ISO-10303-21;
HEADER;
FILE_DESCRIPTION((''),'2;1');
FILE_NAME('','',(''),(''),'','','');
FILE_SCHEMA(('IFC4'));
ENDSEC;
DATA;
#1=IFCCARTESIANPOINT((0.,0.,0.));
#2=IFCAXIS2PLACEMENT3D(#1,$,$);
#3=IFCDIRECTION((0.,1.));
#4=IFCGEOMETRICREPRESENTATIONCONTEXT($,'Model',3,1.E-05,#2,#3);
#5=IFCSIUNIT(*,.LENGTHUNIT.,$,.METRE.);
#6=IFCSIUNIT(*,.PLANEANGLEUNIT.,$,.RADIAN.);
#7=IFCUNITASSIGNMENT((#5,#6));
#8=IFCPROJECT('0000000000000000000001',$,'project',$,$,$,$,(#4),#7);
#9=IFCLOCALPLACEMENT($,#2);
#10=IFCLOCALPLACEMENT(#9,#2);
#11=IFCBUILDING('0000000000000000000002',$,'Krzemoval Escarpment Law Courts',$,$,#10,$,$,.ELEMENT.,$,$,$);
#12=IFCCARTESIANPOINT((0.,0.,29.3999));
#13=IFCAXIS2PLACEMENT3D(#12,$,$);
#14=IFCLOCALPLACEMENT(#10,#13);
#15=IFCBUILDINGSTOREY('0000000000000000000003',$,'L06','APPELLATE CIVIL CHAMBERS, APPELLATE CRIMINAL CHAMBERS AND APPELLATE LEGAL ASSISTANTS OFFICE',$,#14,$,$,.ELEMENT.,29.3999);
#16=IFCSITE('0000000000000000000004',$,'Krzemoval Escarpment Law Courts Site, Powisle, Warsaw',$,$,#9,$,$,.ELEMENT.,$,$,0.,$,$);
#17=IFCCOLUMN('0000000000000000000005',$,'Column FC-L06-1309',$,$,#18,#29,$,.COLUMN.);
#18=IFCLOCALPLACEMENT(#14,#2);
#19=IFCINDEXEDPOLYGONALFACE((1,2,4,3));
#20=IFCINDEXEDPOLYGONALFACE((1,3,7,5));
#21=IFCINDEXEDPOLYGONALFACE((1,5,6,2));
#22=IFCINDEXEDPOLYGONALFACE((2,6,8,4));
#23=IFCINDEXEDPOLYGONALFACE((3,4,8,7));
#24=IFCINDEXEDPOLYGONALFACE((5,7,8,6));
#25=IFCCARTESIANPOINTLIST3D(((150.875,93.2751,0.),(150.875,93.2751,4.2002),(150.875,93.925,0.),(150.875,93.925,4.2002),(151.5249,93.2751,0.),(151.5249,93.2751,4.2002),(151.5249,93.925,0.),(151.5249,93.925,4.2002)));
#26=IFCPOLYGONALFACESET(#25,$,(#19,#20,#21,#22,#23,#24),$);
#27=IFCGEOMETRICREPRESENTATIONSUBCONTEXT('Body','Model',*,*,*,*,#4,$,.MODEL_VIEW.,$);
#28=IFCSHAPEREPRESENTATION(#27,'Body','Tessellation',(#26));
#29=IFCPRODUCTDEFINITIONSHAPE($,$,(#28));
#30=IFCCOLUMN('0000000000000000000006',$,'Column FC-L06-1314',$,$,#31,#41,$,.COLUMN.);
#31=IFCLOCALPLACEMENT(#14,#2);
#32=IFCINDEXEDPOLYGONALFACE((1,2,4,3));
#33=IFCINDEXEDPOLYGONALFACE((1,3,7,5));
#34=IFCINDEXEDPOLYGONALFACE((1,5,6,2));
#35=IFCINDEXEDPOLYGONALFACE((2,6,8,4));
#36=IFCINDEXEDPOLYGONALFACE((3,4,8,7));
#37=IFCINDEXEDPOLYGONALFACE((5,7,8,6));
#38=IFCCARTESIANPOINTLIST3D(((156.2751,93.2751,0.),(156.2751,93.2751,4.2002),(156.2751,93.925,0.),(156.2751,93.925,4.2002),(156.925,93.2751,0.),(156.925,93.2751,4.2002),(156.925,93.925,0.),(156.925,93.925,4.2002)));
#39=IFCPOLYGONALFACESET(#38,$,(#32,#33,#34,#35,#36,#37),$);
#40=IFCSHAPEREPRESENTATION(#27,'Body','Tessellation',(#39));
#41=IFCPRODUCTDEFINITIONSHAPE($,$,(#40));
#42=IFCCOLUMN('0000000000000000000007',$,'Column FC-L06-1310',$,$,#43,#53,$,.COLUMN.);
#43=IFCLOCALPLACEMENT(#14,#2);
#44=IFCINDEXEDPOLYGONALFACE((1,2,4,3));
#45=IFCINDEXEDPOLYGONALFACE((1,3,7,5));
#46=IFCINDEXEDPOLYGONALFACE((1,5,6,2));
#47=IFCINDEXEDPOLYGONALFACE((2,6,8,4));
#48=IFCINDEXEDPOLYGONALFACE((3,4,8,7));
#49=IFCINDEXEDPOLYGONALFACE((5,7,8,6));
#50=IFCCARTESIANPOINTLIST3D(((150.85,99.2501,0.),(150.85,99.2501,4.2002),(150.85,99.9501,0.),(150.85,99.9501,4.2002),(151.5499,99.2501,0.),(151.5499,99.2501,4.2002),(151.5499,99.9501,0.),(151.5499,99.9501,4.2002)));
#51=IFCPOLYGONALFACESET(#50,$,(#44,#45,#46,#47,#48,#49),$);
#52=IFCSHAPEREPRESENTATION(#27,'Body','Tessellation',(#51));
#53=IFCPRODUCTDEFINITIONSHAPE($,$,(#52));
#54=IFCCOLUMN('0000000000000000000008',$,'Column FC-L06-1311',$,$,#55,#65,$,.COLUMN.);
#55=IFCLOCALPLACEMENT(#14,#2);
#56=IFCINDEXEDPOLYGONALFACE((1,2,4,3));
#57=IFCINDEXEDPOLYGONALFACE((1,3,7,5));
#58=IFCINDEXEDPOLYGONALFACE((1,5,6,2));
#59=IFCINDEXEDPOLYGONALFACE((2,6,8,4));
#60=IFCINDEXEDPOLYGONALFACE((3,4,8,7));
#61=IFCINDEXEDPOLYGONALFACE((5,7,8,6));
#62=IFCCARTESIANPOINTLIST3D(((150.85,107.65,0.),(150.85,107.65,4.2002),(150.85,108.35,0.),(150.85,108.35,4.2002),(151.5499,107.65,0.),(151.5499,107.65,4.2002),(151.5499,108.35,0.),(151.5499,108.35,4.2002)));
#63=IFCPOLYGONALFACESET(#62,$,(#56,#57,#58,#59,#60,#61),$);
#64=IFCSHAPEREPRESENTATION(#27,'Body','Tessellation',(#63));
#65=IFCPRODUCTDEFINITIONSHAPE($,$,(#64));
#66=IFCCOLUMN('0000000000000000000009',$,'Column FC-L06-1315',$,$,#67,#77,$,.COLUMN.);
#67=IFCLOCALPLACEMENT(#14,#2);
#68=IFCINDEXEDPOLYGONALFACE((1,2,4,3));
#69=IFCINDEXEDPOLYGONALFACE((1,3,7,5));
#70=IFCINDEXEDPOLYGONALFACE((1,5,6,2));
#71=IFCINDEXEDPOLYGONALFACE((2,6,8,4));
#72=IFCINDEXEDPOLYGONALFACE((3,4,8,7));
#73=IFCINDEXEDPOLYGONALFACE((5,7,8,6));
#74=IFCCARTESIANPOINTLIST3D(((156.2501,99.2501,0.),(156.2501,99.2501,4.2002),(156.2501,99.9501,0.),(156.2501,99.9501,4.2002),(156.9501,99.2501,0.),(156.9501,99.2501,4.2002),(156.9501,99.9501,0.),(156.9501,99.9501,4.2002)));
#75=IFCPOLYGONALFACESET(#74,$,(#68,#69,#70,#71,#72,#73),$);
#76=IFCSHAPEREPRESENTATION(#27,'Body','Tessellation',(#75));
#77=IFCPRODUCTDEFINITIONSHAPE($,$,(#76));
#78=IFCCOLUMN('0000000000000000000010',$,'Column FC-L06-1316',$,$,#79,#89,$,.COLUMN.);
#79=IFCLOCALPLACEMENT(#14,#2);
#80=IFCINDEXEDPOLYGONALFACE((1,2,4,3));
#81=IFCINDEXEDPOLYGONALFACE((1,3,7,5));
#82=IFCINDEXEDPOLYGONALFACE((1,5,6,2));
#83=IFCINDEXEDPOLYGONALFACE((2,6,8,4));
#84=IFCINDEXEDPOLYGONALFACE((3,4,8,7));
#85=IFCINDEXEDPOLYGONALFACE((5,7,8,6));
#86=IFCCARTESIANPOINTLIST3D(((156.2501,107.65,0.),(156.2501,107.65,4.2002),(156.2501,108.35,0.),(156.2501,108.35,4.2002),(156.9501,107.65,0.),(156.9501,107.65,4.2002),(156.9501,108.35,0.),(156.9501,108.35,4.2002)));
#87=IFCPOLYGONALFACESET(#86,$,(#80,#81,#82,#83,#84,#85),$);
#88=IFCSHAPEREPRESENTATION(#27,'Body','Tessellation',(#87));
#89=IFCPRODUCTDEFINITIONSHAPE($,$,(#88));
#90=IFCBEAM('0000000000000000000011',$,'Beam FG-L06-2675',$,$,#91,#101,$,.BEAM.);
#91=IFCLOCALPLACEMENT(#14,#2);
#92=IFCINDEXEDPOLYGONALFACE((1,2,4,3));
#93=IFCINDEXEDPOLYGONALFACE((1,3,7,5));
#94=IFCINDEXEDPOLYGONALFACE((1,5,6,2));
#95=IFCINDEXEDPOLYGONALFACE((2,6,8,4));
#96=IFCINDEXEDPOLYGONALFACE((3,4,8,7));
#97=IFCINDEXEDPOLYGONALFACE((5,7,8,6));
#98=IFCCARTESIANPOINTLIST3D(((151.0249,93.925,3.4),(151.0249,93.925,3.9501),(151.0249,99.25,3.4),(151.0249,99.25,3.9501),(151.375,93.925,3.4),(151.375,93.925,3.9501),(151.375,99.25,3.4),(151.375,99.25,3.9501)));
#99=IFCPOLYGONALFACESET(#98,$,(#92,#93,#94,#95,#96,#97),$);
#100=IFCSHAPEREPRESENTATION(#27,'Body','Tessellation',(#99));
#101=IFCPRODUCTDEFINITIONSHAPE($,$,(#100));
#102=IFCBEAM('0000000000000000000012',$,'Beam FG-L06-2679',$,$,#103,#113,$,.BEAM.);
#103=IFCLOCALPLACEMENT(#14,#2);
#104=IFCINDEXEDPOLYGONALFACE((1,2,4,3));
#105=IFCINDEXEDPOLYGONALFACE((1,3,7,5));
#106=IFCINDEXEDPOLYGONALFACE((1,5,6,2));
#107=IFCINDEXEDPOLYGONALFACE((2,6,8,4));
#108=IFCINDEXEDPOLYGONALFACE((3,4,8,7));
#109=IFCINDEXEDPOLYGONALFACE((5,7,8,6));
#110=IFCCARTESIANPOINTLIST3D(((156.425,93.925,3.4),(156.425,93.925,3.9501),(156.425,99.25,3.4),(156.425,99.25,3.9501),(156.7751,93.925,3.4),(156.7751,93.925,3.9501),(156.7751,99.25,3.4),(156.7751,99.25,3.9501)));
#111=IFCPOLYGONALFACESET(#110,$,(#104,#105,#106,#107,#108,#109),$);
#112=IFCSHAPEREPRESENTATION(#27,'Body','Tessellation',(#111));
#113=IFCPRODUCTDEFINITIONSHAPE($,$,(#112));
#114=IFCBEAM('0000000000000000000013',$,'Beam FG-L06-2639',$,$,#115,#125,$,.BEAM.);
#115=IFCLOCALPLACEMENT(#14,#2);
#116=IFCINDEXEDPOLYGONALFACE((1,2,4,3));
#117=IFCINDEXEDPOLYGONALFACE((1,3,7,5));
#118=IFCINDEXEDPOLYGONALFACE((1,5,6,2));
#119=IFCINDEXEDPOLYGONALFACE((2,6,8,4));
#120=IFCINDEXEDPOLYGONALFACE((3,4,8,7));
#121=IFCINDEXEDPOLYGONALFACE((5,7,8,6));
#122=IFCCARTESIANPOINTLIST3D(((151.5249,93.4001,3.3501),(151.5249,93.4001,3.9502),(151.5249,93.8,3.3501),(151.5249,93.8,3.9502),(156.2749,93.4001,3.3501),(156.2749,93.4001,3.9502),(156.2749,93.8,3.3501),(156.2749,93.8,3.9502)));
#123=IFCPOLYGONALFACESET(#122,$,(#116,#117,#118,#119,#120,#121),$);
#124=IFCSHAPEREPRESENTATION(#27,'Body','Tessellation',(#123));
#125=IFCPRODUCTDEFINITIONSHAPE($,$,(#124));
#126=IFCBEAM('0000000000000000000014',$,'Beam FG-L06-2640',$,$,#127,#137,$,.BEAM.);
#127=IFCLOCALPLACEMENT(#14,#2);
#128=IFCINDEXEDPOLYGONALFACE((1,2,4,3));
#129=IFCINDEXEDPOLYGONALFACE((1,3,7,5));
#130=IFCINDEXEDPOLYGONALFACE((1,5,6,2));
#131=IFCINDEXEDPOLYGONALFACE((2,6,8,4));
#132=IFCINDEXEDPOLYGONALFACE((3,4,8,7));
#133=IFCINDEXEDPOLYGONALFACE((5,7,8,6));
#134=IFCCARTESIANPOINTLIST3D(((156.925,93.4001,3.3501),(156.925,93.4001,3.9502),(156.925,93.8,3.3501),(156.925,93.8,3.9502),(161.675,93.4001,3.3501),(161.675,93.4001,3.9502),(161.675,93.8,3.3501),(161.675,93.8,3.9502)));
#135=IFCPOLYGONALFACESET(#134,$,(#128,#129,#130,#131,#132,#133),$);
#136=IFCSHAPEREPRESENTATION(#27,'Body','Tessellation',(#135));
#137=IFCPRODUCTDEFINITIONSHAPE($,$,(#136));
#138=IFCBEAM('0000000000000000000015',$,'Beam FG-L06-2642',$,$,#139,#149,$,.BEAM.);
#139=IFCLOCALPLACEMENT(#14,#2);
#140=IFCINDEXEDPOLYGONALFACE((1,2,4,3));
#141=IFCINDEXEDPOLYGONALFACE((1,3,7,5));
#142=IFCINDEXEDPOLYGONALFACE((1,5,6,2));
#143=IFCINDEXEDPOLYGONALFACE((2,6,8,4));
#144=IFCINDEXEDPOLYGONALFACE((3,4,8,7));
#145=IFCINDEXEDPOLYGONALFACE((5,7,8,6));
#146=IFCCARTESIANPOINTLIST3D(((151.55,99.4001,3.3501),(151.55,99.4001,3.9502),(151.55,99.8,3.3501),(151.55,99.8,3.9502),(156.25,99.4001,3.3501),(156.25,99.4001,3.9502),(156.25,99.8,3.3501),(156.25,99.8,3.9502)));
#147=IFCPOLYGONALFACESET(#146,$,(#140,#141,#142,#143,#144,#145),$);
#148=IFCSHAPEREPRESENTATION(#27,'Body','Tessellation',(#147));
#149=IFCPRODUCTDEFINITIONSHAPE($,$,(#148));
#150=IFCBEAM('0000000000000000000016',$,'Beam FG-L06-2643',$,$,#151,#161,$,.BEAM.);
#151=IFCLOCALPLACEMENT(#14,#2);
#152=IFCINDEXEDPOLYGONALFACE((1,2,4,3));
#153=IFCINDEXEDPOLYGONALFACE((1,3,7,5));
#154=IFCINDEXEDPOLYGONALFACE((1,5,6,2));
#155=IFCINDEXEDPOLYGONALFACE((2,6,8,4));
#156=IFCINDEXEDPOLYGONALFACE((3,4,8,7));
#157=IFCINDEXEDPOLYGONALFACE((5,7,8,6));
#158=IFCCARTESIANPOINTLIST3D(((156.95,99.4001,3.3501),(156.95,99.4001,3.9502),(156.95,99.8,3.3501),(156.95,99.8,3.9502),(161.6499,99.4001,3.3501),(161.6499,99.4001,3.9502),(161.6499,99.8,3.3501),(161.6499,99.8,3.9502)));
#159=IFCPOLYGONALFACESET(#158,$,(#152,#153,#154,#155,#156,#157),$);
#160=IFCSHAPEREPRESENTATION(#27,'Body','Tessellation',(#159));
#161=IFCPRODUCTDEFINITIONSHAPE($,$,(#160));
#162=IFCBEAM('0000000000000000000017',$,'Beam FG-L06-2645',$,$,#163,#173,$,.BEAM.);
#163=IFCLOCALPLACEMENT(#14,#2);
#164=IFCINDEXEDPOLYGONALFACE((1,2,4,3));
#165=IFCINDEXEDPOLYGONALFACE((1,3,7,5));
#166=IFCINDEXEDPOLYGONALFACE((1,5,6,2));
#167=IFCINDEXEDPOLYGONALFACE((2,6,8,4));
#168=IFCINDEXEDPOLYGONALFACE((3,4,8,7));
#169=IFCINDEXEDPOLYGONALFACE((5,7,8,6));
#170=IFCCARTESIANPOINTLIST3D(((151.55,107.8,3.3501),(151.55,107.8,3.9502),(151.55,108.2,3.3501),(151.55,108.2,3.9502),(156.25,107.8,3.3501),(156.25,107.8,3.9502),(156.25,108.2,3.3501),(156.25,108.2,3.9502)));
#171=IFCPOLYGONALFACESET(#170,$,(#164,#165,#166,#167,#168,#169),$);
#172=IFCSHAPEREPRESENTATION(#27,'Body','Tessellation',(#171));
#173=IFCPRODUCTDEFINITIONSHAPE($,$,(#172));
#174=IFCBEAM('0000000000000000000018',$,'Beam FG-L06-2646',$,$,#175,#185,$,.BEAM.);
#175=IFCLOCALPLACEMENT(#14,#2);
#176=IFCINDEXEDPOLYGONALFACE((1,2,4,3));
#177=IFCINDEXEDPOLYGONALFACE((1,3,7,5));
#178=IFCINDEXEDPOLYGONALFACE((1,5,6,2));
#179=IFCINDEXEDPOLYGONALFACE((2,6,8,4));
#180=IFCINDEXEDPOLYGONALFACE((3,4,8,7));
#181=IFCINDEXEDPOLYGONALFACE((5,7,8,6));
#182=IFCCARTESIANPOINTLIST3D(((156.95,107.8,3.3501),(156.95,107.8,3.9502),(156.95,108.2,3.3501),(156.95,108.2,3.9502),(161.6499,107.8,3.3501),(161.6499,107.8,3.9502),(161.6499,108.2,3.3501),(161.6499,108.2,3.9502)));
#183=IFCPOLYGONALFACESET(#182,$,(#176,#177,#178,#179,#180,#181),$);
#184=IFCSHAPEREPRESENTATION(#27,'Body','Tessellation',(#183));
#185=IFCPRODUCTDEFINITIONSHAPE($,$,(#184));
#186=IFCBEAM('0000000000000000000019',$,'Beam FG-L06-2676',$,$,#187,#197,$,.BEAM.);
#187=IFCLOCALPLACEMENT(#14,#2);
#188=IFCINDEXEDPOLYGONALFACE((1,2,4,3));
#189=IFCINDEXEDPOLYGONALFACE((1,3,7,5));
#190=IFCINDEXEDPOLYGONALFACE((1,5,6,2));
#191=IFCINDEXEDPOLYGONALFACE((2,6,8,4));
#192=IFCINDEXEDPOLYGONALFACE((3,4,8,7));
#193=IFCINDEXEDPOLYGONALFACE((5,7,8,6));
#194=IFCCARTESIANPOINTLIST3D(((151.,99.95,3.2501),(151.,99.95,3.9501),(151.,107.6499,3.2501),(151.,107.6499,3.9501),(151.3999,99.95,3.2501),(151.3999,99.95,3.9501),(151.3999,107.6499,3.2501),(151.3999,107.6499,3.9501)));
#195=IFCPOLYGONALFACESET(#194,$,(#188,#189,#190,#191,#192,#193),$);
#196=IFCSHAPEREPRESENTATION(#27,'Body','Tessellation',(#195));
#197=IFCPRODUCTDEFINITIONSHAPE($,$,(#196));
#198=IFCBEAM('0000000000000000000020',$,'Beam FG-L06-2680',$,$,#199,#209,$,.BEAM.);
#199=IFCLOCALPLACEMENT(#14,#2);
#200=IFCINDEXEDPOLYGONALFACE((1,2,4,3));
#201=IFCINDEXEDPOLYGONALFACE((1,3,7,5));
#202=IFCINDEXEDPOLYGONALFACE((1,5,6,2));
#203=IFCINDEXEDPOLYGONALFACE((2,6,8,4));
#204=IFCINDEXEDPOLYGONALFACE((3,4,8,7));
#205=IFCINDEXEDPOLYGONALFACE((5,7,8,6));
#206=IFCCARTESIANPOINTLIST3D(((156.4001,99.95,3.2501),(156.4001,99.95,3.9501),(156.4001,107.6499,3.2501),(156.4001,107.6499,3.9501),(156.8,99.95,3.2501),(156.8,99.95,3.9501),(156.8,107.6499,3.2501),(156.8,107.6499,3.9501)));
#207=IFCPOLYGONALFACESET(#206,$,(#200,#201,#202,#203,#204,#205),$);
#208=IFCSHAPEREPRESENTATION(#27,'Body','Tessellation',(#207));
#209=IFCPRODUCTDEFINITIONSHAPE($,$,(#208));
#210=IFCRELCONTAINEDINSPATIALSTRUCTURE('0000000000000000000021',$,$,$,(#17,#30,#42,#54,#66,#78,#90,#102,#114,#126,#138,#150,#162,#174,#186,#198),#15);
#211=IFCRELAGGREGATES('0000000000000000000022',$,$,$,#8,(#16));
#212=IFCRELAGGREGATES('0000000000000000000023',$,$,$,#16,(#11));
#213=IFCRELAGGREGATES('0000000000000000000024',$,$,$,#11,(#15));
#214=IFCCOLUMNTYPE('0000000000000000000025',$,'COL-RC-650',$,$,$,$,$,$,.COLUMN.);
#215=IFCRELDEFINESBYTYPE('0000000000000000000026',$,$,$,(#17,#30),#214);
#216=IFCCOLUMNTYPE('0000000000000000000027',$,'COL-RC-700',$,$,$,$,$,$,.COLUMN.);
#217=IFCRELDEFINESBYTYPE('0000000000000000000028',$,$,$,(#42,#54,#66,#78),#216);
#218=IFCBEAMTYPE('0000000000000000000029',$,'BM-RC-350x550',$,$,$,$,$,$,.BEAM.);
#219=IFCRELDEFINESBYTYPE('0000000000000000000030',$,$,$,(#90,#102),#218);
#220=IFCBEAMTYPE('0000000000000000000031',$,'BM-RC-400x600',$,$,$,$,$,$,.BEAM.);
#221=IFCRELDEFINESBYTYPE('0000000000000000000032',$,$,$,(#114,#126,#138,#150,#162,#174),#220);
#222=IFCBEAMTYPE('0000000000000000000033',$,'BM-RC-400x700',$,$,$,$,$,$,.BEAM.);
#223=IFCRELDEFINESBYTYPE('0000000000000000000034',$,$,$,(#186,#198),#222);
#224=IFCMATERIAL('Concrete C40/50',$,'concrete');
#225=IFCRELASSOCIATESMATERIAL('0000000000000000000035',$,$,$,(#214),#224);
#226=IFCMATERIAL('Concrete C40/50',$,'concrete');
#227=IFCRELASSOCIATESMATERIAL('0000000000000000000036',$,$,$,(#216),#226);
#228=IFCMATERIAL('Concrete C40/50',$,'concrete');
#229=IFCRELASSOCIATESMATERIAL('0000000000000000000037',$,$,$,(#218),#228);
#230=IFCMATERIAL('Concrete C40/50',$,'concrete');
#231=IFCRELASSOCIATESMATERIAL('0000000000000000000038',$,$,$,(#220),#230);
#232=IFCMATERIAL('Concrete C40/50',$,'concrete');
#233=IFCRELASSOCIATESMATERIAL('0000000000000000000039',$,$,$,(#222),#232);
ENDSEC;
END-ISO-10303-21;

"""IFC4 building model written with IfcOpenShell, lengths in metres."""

from ifc_helpers import new_model, si_unit, direction, frame, origin, origin_2d, place, context, subcontext, project, spatial, rectangle, extrude, material, material_profile, profile_set, type_object, element, save


model = new_model("IFC4")

# Units and contexts
model_context = context("Model", 3, precision=1e-05, world=origin(), true_north=direction((0.0, 1.0)))
body_context = subcontext(model_context, "Body", "Model", "MODEL_VIEW")
ifc_project = project(units=[si_unit("LENGTHUNIT", "METRE"), si_unit("PLANEANGLEUNIT", "RADIAN")], contexts=[model_context])

# Site, building, storey
site_placement = place(None, origin())
site = spatial("IfcSite", under=ifc_project, at=site_placement, Name="Krzemoval Escarpment Law Courts Site, Powisle, Warsaw", CompositionType="ELEMENT", RefElevation=0.0)
building_placement = place(site_placement, origin())
building = spatial("IfcBuilding", under=site, at=building_placement, Name="Krzemoval Escarpment Law Courts", CompositionType="ELEMENT")
storey_placement = place(building_placement, frame((0.0, 0.0, 29.3999)))
storey = spatial("IfcBuildingStorey", under=building, at=storey_placement, Name="L06", Description="APPELLATE CIVIL CHAMBERS, APPELLATE CRIMINAL CHAMBERS AND APPELLATE LEGAL ASSISTANTS OFFICE", CompositionType="ELEMENT", Elevation=29.3999)

# Columns
ifc_material_1 = material(Name="Concrete C40/50", Category="concrete")
ifc_material_profile_1 = material_profile(ifc_material_1, rectangle(XDim=0.6499, YDim=0.6499, at=origin_2d()), Name="RC 650x650")
ifc_profile_set_1 = profile_set([ifc_material_profile_1], Name="Concrete C40/50")
column_type_1 = type_object("IfcColumnType", Name="COL-RC-650", PredefinedType="COLUMN", material=ifc_profile_set_1)
for number, where, z_axis, x_axis, name in (
    (1, (151.2, 93.6001, 0.0), (0.0, 0.0, 1.0), (1.0, 0.0, 0.0), "Column FC-L06-1309"),
    (2, (156.6001, 93.6001, 0.0), (0.0, 0.0, 1.0), (1.0, 0.0, 0.0), "Column FC-L06-1314"),
):
    element("IfcColumn", number, at=place(storey_placement, frame(where, z_axis=z_axis, x_axis=x_axis)), inside=storey, type_object=column_type_1, Name=name, PredefinedType="COLUMN", context=body_context, shape_type="SweptSolid", body=[
        extrude(rectangle(XDim=0.6499, YDim=0.6499, at=origin_2d()), origin(), (0.0, 0.0, 1.0), 4.2002),
    ])
ifc_material_2 = material(Name="Concrete C40/50", Category="concrete")
ifc_material_profile_2 = material_profile(ifc_material_2, rectangle(XDim=0.7, YDim=0.7, at=origin_2d()), Name="RC 700x700")
ifc_profile_set_2 = profile_set([ifc_material_profile_2], Name="Concrete C40/50")
column_type_2 = type_object("IfcColumnType", Name="COL-RC-700", PredefinedType="COLUMN", material=ifc_profile_set_2)
for number, where, z_axis, x_axis, name in (
    (3, (151.2, 99.6001, 0.0), (0.0, 0.0, 1.0), (1.0, 0.0, 0.0), "Column FC-L06-1310"),
    (4, (151.2, 108.0, 0.0), (0.0, 0.0, 1.0), (1.0, 0.0, 0.0), "Column FC-L06-1311"),
    (5, (156.6001, 99.6001, 0.0), (0.0, 0.0, 1.0), (1.0, 0.0, 0.0), "Column FC-L06-1315"),
    (6, (156.6001, 108.0, 0.0), (0.0, 0.0, 1.0), (1.0, 0.0, 0.0), "Column FC-L06-1316"),
):
    element("IfcColumn", number, at=place(storey_placement, frame(where, z_axis=z_axis, x_axis=x_axis)), inside=storey, type_object=column_type_2, Name=name, PredefinedType="COLUMN", context=body_context, shape_type="SweptSolid", body=[
        extrude(rectangle(XDim=0.7, YDim=0.7, at=origin_2d()), origin(), (0.0, 0.0, 1.0), 4.2002),
    ])

# Beams
ifc_material_3 = material(Name="Concrete C40/50", Category="concrete")
ifc_material_profile_3 = material_profile(ifc_material_3, rectangle(XDim=0.3501, YDim=0.55, at=origin_2d()), Name="RCB 350x550")
ifc_profile_set_3 = profile_set([ifc_material_profile_3], Name="Concrete C40/50")
beam_type_1 = type_object("IfcBeamType", Name="BM-RC-350x550", PredefinedType="BEAM", material=ifc_profile_set_3)
for number, where, z_axis, x_axis, name in (
    (7, (151.2, 93.925, 3.675), (0.0, 1.0, 0.0), (-1.0, 0.0, 0.0), "Beam FG-L06-2675"),
    (8, (156.6001, 93.925, 3.675), (0.0, 1.0, 0.0), (-1.0, 0.0, 0.0), "Beam FG-L06-2679"),
):
    element("IfcBeam", number, at=place(storey_placement, frame(where, z_axis=z_axis, x_axis=x_axis)), inside=storey, type_object=beam_type_1, Name=name, PredefinedType="BEAM", context=body_context, shape_type="SweptSolid", body=[
        extrude(rectangle(XDim=0.3501, YDim=0.55, at=origin_2d()), origin(), (0.0, 0.0, 1.0), 5.325),
    ])
ifc_material_4 = material(Name="Concrete C40/50", Category="concrete")
ifc_material_profile_4 = material_profile(ifc_material_4, rectangle(XDim=0.3999, YDim=0.6001, at=origin_2d()), Name="RCB 400x600")
ifc_profile_set_4 = profile_set([ifc_material_profile_4], Name="Concrete C40/50")
beam_type_2 = type_object("IfcBeamType", Name="BM-RC-400x600", PredefinedType="BEAM", material=ifc_profile_set_4)
for number, where, z_axis, x_axis, name in (
    (9, (151.5249, 93.6001, 3.6501), (1.0, 0.0, 0.0), (0.0, 1.0, 0.0), "Beam FG-L06-2639"),
    (10, (156.925, 93.6001, 3.6501), (1.0, 0.0, 0.0), (0.0, 1.0, 0.0), "Beam FG-L06-2640"),
):
    element("IfcBeam", number, at=place(storey_placement, frame(where, z_axis=z_axis, x_axis=x_axis)), inside=storey, type_object=beam_type_2, Name=name, PredefinedType="BEAM", context=body_context, shape_type="SweptSolid", body=[
        extrude(rectangle(XDim=0.3999, YDim=0.6001, at=origin_2d()), origin(), (0.0, 0.0, 1.0), 4.75),
    ])
for number, where, z_axis, x_axis, name in (
    (11, (151.55, 99.6001, 3.6501), (1.0, 0.0, 0.0), (0.0, 1.0, 0.0), "Beam FG-L06-2642"),
    (12, (156.95, 99.6001, 3.6501), (1.0, 0.0, 0.0), (0.0, 1.0, 0.0), "Beam FG-L06-2643"),
    (13, (151.55, 108.0, 3.6501), (1.0, 0.0, 0.0), (0.0, 1.0, 0.0), "Beam FG-L06-2645"),
    (14, (156.95, 108.0, 3.6501), (1.0, 0.0, 0.0), (0.0, 1.0, 0.0), "Beam FG-L06-2646"),
):
    element("IfcBeam", number, at=place(storey_placement, frame(where, z_axis=z_axis, x_axis=x_axis)), inside=storey, type_object=beam_type_2, Name=name, PredefinedType="BEAM", context=body_context, shape_type="SweptSolid", body=[
        extrude(rectangle(XDim=0.3999, YDim=0.6001, at=origin_2d()), origin(), (0.0, 0.0, 1.0), 4.7),
    ])
ifc_material_5 = material(Name="Concrete C40/50", Category="concrete")
ifc_material_profile_5 = material_profile(ifc_material_5, rectangle(XDim=0.3999, YDim=0.7, at=origin_2d()), Name="RCB 400x700")
ifc_profile_set_5 = profile_set([ifc_material_profile_5], Name="Concrete C40/50")
beam_type_3 = type_object("IfcBeamType", Name="BM-RC-400x700", PredefinedType="BEAM", material=ifc_profile_set_5)
for number, where, z_axis, x_axis, name in (
    (15, (151.2, 99.95, 3.6001), (0.0, 1.0, 0.0), (-1.0, 0.0, 0.0), "Beam FG-L06-2676"),
    (16, (156.6001, 99.95, 3.6001), (0.0, 1.0, 0.0), (-1.0, 0.0, 0.0), "Beam FG-L06-2680"),
):
    element("IfcBeam", number, at=place(storey_placement, frame(where, z_axis=z_axis, x_axis=x_axis)), inside=storey, type_object=beam_type_3, Name=name, PredefinedType="BEAM", context=body_context, shape_type="SweptSolid", body=[
        extrude(rectangle(XDim=0.3999, YDim=0.7, at=origin_2d()), origin(), (0.0, 0.0, 1.0), 7.7),
    ])

save(model, "model.ifc")
